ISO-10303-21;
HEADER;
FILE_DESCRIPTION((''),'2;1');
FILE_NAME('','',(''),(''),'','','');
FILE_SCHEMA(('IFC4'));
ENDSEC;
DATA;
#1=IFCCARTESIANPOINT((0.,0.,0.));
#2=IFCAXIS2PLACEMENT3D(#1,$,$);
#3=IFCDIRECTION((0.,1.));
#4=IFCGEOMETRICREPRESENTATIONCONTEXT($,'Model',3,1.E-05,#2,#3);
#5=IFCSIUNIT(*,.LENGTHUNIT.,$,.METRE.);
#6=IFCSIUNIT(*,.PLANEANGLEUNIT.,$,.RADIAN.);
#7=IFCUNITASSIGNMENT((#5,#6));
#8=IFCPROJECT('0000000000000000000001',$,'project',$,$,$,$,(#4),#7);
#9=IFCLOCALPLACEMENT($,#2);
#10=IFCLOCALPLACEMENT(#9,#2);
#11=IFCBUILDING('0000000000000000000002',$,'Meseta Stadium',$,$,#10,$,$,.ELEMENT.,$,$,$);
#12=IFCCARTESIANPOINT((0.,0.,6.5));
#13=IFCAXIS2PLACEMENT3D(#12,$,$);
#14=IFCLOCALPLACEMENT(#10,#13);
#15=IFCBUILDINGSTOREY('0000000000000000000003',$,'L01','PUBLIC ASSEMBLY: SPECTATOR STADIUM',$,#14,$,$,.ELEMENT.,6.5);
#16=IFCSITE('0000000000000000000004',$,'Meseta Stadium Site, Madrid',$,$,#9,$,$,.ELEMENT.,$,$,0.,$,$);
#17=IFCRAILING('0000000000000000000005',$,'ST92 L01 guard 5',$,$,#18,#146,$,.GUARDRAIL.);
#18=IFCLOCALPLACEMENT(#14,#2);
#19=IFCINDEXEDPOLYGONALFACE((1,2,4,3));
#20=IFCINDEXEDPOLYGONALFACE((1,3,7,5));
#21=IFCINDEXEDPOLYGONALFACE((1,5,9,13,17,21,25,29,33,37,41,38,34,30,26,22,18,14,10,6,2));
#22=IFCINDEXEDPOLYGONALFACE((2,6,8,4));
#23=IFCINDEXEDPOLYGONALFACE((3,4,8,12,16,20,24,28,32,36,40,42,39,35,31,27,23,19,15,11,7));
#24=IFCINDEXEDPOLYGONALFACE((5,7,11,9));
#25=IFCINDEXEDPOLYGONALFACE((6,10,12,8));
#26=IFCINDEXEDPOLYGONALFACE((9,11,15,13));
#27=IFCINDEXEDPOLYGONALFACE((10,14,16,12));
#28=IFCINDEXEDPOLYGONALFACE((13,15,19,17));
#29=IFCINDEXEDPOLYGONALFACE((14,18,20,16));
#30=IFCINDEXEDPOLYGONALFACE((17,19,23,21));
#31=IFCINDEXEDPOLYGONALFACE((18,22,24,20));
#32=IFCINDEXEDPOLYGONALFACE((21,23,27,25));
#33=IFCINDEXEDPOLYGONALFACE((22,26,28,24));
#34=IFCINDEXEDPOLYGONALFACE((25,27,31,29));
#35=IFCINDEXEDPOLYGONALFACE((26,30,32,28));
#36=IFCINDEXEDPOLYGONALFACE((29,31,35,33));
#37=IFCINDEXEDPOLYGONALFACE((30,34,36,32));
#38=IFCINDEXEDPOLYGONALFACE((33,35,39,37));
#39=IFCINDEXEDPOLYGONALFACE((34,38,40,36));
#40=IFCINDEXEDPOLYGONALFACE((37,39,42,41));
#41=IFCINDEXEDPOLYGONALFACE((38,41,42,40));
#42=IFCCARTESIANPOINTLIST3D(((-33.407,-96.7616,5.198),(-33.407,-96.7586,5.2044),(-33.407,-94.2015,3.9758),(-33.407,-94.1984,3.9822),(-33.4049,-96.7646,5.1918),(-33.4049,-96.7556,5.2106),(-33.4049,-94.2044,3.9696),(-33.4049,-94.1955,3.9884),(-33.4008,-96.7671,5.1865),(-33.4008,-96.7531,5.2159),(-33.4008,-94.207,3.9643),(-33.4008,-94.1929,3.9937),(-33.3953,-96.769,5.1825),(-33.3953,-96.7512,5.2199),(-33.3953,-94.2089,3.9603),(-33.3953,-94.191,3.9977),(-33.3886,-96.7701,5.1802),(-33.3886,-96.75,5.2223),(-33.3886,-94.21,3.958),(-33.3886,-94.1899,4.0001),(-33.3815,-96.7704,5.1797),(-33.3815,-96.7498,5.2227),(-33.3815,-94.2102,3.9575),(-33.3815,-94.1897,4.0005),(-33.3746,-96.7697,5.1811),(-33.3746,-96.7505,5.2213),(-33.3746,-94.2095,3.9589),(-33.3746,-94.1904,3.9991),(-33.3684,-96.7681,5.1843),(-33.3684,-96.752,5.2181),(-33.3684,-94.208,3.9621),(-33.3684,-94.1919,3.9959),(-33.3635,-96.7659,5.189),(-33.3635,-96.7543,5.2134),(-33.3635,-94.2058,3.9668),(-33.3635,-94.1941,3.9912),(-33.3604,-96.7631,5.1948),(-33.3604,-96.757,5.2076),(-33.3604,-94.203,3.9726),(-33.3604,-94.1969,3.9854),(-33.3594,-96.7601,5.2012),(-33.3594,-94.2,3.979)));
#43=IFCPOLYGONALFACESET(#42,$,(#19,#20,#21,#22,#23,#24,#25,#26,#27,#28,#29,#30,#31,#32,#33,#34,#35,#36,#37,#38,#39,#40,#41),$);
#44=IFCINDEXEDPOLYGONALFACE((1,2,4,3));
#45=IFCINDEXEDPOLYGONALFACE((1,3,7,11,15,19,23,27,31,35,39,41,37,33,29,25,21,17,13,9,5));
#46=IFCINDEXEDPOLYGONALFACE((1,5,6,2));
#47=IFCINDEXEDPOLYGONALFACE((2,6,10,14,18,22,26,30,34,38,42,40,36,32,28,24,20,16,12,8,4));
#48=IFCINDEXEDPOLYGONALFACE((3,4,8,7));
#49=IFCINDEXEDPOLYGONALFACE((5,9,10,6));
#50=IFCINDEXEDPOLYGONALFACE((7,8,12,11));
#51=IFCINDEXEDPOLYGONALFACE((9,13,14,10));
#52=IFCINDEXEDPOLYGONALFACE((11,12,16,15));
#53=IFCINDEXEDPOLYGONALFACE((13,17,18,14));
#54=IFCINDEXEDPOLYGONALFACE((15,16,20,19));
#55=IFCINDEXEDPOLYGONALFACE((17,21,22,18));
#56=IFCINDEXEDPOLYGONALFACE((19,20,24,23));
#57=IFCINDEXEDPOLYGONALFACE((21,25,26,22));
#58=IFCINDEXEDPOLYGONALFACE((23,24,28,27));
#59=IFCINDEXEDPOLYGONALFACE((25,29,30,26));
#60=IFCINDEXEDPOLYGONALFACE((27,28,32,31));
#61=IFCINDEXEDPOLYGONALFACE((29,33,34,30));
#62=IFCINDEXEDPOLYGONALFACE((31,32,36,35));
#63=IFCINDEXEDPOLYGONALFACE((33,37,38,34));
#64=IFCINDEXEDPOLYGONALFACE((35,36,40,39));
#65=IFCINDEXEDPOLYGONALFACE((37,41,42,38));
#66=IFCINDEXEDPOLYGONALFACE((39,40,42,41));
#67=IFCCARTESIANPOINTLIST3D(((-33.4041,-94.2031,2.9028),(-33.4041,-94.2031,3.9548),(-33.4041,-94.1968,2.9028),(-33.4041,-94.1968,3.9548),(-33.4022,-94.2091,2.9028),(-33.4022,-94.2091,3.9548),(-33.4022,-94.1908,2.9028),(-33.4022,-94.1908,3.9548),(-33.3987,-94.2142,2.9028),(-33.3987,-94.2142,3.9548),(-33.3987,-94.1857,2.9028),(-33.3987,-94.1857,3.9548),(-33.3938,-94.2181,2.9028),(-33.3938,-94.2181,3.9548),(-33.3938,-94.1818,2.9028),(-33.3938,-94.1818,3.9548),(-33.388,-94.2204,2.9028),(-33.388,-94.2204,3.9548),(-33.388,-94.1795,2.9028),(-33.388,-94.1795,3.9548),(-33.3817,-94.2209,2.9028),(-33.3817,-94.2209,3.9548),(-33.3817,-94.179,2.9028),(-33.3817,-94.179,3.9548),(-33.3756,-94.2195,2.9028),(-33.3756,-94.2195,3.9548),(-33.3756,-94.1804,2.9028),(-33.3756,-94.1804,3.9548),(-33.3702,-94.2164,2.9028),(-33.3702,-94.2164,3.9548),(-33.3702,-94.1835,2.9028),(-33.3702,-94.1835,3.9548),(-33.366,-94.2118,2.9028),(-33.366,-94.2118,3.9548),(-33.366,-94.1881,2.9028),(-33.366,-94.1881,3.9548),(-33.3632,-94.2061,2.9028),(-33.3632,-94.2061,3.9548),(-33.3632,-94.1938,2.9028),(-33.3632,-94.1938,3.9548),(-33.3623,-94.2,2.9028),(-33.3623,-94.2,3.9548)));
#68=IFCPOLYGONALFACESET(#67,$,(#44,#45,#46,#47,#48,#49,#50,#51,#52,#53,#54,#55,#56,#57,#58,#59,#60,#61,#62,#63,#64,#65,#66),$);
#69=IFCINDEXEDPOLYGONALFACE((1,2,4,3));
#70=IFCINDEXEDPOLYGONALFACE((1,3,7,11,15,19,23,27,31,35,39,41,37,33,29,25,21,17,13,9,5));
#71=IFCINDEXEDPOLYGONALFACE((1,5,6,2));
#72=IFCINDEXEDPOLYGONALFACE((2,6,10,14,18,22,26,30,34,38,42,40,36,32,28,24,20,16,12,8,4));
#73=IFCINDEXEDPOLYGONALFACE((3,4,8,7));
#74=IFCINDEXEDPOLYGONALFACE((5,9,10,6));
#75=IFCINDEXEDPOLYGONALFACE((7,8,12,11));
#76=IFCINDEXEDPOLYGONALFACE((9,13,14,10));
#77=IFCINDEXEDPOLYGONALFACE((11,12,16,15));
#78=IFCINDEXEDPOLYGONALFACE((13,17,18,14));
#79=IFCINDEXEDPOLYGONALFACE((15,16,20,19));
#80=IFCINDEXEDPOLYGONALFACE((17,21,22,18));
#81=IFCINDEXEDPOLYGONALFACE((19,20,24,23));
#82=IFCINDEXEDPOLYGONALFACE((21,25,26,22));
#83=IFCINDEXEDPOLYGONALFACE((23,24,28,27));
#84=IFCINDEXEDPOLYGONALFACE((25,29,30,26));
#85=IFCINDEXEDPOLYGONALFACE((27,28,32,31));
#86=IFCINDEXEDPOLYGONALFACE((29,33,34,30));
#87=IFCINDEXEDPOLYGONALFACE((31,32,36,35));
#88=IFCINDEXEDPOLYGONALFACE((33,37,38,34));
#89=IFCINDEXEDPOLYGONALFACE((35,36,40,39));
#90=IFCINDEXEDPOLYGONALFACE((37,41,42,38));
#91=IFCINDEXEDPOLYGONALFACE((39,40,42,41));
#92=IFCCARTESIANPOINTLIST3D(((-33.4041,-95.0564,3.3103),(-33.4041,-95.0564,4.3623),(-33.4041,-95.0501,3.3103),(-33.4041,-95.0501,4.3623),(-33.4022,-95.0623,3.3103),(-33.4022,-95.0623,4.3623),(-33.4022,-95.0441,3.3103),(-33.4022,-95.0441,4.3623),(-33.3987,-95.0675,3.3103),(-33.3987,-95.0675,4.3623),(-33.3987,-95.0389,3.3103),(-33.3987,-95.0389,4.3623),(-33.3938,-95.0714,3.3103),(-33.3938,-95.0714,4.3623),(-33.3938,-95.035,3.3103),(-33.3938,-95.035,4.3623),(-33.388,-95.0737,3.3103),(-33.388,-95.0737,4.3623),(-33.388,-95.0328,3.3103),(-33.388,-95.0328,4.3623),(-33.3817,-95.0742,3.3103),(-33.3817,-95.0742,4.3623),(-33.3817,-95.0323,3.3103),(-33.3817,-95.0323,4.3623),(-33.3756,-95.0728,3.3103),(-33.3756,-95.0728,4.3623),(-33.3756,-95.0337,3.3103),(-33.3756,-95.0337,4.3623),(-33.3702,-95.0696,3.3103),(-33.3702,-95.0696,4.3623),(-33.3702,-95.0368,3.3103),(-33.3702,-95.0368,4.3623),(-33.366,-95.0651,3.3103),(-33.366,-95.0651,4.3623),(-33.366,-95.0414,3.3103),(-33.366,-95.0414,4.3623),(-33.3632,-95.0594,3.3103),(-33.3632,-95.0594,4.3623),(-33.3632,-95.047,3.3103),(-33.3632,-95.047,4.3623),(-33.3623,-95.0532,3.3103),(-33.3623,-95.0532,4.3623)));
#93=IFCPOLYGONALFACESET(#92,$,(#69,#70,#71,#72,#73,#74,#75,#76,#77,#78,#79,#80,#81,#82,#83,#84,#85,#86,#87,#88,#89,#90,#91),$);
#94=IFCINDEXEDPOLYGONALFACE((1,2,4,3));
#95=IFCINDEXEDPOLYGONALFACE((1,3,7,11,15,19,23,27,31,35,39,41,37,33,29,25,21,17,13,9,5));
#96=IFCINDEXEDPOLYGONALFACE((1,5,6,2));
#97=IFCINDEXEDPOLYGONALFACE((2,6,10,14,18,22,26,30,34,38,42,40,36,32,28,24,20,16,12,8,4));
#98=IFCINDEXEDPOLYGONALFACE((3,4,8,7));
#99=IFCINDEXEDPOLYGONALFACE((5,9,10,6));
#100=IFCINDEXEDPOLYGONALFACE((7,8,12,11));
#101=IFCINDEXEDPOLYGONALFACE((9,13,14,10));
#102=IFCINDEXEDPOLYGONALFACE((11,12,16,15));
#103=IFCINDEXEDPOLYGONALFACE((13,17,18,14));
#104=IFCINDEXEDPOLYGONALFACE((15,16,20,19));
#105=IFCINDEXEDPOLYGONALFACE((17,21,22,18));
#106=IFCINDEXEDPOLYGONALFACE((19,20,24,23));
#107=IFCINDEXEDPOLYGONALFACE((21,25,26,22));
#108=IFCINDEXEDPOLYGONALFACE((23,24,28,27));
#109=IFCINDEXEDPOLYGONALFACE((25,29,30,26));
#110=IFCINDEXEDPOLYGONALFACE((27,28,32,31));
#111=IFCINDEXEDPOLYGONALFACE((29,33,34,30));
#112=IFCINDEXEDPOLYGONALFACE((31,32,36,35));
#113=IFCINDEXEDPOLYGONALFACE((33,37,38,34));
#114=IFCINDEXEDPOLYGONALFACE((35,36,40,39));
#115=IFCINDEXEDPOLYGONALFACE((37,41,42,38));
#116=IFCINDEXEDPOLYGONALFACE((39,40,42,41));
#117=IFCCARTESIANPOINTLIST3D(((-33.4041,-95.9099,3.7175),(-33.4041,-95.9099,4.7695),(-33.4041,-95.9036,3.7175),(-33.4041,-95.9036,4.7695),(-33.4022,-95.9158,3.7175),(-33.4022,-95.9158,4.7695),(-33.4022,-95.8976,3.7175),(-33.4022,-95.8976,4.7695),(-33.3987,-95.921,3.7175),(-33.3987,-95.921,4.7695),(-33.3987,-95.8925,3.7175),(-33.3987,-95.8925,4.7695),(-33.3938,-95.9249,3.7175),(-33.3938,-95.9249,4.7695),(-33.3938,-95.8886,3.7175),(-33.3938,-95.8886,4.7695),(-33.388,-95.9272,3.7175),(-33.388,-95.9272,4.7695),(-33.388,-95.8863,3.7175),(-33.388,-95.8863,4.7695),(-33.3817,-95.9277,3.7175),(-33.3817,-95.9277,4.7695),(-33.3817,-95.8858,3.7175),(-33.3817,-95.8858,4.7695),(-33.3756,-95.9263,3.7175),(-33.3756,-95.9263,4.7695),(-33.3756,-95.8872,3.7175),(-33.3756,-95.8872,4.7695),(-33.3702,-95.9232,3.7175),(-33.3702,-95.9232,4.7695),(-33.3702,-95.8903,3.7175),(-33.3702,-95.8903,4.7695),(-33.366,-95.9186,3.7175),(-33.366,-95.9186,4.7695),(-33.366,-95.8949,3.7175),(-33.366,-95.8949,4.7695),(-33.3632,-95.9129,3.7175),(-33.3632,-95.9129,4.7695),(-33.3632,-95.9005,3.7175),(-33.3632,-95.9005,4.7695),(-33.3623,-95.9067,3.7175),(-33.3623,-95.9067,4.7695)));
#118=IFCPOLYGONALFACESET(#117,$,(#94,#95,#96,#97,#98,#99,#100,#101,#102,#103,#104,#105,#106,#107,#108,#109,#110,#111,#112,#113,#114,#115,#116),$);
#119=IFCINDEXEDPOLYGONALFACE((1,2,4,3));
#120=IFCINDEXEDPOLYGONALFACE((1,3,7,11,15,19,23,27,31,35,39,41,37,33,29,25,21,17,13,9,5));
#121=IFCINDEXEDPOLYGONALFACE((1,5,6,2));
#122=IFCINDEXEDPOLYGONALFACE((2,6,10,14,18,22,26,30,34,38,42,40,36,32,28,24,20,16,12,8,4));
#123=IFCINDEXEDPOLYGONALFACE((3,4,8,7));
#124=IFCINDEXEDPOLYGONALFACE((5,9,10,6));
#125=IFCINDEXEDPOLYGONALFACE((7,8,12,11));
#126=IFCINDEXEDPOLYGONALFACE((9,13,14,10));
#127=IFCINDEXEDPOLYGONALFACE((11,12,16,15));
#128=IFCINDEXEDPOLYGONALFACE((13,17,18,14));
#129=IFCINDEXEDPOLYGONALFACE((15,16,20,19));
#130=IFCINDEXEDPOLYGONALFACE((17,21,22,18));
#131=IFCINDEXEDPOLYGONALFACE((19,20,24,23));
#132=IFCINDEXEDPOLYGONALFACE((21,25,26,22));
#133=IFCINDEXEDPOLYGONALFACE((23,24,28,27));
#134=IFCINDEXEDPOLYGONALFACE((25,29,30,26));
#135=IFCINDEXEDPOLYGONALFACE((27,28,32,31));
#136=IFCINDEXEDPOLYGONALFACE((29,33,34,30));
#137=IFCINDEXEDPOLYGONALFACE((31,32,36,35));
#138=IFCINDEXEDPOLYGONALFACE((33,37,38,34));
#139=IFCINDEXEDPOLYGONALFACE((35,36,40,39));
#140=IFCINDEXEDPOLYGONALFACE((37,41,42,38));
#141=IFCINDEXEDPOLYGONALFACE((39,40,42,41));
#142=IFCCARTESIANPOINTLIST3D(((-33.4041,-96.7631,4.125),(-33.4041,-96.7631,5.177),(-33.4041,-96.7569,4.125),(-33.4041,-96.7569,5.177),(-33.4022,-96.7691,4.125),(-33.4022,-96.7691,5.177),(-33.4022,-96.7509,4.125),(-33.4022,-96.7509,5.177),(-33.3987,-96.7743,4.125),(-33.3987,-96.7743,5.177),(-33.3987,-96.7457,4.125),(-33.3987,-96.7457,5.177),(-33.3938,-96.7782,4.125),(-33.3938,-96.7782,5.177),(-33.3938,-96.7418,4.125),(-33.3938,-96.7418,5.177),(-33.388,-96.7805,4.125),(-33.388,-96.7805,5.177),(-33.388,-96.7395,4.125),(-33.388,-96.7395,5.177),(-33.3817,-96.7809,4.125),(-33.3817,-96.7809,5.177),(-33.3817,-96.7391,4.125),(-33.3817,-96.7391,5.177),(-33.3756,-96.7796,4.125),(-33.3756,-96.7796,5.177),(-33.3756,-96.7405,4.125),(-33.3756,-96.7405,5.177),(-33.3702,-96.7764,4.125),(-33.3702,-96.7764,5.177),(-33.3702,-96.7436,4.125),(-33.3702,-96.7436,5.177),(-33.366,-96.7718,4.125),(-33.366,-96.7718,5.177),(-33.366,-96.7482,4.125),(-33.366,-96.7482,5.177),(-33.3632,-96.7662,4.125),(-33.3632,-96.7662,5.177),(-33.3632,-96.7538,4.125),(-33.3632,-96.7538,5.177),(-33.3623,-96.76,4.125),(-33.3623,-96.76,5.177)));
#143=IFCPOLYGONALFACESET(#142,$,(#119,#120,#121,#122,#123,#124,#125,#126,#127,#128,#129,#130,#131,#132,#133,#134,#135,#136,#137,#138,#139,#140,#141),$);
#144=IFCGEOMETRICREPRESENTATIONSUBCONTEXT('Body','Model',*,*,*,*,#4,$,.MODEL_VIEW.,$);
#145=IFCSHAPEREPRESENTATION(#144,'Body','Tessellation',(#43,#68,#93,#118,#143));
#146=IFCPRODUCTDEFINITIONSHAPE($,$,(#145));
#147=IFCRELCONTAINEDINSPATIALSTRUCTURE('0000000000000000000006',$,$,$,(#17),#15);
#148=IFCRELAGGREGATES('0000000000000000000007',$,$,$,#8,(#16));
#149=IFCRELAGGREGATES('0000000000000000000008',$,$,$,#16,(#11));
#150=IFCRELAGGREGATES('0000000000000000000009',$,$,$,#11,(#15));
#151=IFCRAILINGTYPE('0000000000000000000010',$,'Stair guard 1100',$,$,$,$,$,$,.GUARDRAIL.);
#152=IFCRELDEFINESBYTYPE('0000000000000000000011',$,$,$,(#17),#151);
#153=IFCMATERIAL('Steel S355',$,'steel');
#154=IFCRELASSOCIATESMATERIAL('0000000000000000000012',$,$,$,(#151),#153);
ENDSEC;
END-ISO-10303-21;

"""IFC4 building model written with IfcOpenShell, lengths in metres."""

from ifc_helpers import new_model, si_unit, direction, frame, origin, origin_2d, place, context, subcontext, project, spatial, circle, extrude, material, type_object, element, save


model = new_model("IFC4")

# Units and contexts
model_context = context("Model", 3, precision=1e-05, world=origin(), true_north=direction((0.0, 1.0)))
body_context = subcontext(model_context, "Body", "Model", "MODEL_VIEW")
ifc_project = project(units=[si_unit("LENGTHUNIT", "METRE"), si_unit("PLANEANGLEUNIT", "RADIAN")], contexts=[model_context])

# Site, building, storey
site_placement = place(None, origin())
site = spatial("IfcSite", under=ifc_project, at=site_placement, Name="Meseta Stadium Site, Madrid", CompositionType="ELEMENT", RefElevation=0.0)
building_placement = place(site_placement, origin())
building = spatial("IfcBuilding", under=site, at=building_placement, Name="Meseta Stadium", CompositionType="ELEMENT")
storey_placement = place(building_placement, frame((0.0, 0.0, 6.5)))
storey = spatial("IfcBuildingStorey", under=building, at=storey_placement, Name="L01", Description="PUBLIC ASSEMBLY: SPECTATOR STADIUM", CompositionType="ELEMENT", Elevation=6.5)

# Railing
ifc_material_1 = material(Name="Steel S355", Category="steel")
railing_type_1 = type_object("IfcRailingType", Name="Stair guard 1100", PredefinedType="GUARDRAIL", material=ifc_material_1)
railing_1_placement = place(storey_placement, frame((-33.3833, -94.2, 2.9028)))
element("IfcRailing", 1, at=railing_1_placement, inside=storey, type_object=railing_type_1, Name="ST92 L01 guard 5", PredefinedType="GUARDRAIL", context=body_context, shape_type="SweptSolid", body=[
    extrude(circle(Radius=0.0239, at=origin_2d()), frame((0.0, 0.0, 1.0762), z_axis=(0.0, -0.902437, 0.430822), x_axis=(1.0, 0.0, 0.0)), (0.0, 0.0, 1.0), 2.8369),
    extrude(circle(Radius=0.021, at=origin_2d()), origin(), (0.0, 0.0, 1.0), 1.052),
    extrude(circle(Radius=0.021, at=origin_2d()), frame((0.0, -0.8533, 0.4075)), (0.0, 0.0, 1.0), 1.052),
    extrude(circle(Radius=0.021, at=origin_2d()), frame((0.0, -1.7068, 0.8147)), (0.0, 0.0, 1.0), 1.052),
    extrude(circle(Radius=0.021, at=origin_2d()), frame((0.0, -2.5601, 1.2222)), (0.0, 0.0, 1.0), 1.052),
])

save(model, "model.ifc")
